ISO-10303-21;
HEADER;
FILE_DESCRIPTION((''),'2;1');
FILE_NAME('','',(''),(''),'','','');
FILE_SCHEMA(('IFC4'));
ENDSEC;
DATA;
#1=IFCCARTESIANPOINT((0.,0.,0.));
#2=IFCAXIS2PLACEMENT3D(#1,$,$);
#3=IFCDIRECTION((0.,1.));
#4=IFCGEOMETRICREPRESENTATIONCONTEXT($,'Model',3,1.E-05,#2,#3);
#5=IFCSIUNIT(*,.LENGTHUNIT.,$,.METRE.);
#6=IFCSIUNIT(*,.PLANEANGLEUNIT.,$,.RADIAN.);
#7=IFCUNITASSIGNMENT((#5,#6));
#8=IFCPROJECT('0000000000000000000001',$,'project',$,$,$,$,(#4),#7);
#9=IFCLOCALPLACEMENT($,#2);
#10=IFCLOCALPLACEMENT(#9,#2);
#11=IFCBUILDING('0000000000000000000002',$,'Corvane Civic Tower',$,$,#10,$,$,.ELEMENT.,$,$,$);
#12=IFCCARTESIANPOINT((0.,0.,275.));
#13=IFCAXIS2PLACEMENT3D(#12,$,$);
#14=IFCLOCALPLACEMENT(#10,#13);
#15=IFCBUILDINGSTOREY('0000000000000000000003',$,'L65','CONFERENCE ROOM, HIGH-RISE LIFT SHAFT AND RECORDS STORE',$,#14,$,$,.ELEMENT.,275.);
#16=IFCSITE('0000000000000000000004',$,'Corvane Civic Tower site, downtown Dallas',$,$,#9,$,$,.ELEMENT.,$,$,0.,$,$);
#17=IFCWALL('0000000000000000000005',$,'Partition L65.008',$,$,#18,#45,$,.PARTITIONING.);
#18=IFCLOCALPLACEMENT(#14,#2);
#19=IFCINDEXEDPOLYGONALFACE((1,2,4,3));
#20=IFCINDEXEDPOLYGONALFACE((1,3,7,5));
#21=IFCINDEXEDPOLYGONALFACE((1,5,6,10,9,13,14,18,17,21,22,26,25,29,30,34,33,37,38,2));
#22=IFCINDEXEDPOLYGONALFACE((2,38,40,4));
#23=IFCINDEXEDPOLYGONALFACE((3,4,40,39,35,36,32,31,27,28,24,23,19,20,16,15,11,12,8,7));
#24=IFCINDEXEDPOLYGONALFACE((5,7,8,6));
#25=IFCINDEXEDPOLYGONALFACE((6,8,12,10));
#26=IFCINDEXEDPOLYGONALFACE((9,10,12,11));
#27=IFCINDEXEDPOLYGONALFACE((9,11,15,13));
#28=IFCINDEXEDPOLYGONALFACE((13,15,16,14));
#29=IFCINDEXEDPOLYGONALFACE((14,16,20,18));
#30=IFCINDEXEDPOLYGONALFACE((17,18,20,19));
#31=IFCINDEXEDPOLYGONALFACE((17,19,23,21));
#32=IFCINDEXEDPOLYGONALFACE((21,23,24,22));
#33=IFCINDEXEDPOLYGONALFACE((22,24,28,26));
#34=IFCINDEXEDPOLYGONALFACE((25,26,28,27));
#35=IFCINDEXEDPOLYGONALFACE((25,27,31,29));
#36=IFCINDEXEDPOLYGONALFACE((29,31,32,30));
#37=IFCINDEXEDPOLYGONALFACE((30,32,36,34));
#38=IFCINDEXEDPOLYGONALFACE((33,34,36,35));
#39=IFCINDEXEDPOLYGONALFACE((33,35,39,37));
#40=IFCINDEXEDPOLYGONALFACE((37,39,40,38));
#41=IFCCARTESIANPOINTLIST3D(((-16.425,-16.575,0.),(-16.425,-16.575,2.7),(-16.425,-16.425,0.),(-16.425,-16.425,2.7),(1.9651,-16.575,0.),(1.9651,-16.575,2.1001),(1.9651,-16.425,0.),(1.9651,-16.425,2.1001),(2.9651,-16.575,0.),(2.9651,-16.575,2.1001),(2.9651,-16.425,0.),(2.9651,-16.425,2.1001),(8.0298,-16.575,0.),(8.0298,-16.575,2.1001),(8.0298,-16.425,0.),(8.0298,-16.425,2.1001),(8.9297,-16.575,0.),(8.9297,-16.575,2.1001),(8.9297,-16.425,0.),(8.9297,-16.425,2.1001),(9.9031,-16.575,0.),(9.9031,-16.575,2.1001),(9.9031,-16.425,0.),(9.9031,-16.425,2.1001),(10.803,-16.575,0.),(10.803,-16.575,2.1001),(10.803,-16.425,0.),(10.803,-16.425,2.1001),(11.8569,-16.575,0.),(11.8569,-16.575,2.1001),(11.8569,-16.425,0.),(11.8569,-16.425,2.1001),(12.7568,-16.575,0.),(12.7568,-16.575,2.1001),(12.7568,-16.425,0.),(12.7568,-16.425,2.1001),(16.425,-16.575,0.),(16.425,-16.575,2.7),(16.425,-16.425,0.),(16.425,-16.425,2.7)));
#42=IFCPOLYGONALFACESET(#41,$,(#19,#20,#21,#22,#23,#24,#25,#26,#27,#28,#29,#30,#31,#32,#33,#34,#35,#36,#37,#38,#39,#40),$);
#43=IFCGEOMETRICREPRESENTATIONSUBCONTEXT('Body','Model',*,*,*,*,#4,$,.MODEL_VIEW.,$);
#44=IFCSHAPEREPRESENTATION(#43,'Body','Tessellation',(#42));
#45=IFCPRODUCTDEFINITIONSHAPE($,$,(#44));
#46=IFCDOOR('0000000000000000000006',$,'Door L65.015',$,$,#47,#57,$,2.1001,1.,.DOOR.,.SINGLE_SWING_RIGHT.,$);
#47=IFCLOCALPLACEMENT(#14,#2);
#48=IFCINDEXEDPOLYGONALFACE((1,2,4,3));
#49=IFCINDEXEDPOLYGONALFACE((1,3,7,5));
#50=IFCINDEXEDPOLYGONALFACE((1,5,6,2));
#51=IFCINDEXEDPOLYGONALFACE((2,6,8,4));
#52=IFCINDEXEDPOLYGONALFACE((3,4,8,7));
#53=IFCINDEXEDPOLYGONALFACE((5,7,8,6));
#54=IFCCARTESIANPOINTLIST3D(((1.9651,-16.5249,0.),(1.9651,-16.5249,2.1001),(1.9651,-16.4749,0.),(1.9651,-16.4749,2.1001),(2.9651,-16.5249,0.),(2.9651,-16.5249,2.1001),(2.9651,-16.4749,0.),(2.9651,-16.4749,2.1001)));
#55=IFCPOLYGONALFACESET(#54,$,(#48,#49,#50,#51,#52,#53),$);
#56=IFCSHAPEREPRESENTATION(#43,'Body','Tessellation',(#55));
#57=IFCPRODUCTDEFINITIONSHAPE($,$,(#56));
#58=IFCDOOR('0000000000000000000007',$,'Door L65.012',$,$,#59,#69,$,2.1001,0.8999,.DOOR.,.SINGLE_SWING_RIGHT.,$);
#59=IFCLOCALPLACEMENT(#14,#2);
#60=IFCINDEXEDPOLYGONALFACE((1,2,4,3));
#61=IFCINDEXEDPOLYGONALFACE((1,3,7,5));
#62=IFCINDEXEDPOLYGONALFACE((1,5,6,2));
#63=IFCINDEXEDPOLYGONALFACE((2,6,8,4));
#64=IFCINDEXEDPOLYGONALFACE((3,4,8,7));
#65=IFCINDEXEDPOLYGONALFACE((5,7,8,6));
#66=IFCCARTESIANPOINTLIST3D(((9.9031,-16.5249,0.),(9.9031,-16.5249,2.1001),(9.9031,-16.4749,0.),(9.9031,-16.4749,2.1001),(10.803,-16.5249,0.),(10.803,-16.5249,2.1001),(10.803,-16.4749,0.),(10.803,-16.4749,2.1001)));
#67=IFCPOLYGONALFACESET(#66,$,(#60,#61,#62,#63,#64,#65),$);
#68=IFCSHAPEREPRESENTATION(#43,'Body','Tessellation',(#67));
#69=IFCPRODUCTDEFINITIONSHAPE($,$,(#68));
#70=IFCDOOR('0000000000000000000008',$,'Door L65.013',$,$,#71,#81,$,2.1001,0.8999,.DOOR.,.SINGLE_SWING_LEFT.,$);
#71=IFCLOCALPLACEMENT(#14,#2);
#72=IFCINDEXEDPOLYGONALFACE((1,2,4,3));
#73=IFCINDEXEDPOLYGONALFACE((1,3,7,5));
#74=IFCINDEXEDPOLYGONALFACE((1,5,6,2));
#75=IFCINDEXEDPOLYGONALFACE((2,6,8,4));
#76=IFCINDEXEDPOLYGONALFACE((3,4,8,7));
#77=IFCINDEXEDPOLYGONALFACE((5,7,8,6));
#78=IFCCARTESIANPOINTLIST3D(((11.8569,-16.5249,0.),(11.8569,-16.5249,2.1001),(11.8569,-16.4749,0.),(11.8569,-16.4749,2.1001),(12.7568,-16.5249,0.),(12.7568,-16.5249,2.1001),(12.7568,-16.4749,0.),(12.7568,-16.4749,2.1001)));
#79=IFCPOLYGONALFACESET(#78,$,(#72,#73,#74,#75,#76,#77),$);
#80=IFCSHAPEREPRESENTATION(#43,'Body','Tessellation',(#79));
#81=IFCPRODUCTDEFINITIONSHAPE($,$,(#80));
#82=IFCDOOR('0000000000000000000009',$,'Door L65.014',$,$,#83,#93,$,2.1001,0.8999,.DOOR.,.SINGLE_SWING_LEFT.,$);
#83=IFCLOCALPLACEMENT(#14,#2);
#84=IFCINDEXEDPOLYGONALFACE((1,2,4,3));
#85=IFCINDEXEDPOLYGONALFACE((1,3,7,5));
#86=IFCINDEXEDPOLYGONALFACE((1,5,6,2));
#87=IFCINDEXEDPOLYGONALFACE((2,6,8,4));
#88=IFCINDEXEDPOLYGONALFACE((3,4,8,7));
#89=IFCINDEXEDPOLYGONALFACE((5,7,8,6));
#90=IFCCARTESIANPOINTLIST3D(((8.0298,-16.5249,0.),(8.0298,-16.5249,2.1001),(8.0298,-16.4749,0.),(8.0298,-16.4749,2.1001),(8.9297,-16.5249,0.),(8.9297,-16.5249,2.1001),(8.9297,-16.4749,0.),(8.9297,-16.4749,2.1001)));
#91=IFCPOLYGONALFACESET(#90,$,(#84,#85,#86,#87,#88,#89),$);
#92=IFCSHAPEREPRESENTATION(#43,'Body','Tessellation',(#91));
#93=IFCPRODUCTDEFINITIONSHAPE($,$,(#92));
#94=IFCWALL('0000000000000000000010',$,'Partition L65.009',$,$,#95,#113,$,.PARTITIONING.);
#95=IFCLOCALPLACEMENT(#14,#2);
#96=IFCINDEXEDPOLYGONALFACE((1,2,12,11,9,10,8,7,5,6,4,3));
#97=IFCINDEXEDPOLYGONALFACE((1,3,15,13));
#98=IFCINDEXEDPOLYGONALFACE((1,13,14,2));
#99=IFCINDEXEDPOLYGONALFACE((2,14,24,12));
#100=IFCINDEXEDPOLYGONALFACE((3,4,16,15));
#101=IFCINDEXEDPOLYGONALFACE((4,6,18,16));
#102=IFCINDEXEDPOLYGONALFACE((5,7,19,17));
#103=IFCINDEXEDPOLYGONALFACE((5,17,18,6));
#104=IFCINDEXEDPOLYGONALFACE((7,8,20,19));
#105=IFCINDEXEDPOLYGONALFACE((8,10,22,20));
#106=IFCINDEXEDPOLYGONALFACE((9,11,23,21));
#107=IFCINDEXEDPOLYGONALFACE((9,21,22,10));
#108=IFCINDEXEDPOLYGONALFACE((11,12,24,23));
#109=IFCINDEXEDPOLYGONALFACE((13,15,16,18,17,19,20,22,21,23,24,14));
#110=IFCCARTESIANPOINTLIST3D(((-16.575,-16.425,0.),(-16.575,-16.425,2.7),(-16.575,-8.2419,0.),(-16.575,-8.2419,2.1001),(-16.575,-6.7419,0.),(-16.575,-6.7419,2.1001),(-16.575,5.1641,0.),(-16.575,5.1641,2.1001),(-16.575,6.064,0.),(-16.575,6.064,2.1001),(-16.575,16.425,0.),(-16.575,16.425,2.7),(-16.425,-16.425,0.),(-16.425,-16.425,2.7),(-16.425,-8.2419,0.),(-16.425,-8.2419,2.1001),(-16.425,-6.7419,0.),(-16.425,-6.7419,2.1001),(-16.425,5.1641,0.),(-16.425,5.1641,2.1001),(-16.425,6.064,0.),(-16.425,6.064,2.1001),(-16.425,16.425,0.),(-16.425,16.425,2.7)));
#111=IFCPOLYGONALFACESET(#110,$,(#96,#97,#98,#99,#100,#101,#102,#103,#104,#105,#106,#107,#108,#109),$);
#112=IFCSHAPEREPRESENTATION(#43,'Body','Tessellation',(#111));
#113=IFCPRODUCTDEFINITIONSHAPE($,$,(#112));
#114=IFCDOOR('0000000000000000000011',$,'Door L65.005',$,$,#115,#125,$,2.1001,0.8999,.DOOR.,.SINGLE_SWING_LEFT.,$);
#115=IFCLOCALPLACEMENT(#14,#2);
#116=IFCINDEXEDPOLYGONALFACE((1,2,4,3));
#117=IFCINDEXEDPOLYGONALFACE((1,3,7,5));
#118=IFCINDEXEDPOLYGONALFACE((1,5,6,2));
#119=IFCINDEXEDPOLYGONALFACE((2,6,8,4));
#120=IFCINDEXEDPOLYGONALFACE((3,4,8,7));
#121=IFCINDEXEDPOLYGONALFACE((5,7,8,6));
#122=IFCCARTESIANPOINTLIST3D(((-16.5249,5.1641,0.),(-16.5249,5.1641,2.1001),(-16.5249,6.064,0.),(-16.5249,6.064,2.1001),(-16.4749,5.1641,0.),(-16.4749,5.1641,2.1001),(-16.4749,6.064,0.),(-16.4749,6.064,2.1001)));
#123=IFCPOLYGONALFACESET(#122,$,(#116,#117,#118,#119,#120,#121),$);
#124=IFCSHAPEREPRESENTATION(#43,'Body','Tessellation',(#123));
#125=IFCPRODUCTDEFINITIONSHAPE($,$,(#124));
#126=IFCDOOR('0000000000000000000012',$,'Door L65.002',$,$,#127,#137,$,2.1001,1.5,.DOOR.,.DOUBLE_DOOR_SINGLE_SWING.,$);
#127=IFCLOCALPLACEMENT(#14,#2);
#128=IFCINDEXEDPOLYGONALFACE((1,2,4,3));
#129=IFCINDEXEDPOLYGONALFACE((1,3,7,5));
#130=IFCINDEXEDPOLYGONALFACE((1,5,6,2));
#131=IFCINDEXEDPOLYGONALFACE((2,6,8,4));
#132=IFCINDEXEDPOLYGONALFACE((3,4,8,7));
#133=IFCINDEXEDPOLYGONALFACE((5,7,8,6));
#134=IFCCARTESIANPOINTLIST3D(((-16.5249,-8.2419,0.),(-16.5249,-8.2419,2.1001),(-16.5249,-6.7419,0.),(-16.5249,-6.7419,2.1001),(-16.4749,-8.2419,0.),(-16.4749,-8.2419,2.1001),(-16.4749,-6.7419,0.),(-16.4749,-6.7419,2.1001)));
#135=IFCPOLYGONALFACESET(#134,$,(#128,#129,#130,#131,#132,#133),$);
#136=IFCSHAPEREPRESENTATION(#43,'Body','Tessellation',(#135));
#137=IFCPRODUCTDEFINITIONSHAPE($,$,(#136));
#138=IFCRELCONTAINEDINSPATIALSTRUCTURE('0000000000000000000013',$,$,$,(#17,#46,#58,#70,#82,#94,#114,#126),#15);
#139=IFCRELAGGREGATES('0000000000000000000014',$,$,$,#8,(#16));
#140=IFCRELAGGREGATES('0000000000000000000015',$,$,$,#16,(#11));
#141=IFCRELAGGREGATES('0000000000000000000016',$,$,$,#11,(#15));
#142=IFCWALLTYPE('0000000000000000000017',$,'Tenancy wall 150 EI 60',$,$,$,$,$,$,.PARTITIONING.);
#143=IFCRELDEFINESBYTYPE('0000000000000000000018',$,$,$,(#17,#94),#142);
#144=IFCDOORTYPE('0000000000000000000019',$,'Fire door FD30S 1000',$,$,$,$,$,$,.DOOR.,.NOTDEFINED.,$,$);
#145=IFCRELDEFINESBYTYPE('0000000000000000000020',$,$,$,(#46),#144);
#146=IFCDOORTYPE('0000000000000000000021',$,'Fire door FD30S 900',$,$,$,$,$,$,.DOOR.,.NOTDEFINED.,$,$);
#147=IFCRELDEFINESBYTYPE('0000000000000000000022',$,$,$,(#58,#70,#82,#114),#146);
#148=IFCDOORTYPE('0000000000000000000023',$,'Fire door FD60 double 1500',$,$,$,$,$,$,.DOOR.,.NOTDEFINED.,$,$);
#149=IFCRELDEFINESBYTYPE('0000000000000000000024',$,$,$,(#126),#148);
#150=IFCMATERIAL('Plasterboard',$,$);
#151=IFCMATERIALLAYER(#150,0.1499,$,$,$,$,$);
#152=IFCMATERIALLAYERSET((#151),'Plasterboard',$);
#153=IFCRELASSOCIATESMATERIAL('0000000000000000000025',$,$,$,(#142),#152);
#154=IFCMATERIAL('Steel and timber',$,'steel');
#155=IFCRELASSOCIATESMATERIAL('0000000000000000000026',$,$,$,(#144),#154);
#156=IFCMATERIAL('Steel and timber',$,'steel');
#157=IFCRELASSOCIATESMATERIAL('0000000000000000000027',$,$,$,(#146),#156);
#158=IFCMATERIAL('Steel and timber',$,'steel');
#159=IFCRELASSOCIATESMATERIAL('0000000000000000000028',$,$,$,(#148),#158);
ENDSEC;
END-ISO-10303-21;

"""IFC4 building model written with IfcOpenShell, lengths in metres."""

from ifc_helpers import new_model, si_unit, direction, frame, frame_2d, origin, place, context, subcontext, project, spatial, rectangle, extrude, material, layer, layer_set, type_object, element, fill, save


model = new_model("IFC4")

# Units and contexts
model_context = context("Model", 3, precision=1e-05, world=origin(), true_north=direction((0.0, 1.0)))
body_context = subcontext(model_context, "Body", "Model", "MODEL_VIEW")
ifc_project = project(units=[si_unit("LENGTHUNIT", "METRE"), si_unit("PLANEANGLEUNIT", "RADIAN")], contexts=[model_context])

# Site, building, storey
site_placement = place(None, origin())
site = spatial("IfcSite", under=ifc_project, at=site_placement, Name="Corvane Civic Tower site, downtown Dallas", CompositionType="ELEMENT", RefElevation=0.0)
building_placement = place(site_placement, origin())
building = spatial("IfcBuilding", under=site, at=building_placement, Name="Corvane Civic Tower", CompositionType="ELEMENT")
storey_placement = place(building_placement, frame((0.0, 0.0, 275.0)))
storey = spatial("IfcBuildingStorey", under=building, at=storey_placement, Name="L65", Description="CONFERENCE ROOM, HIGH-RISE LIFT SHAFT AND RECORDS STORE", CompositionType="ELEMENT", Elevation=275.0)

# Walls, openings, doors
ifc_material_1 = material(Name="Plasterboard")
ifc_layer_1 = layer(ifc_material_1, 0.1499)
ifc_layer_set_1 = layer_set([ifc_layer_1], Name="Plasterboard")
wall_type_1 = type_object("IfcWallType", Name="Tenancy wall 150 EI 60", PredefinedType="PARTITIONING", material=ifc_layer_set_1)
wall_1_placement = place(storey_placement, frame((-16.425, -16.5, 0.0), z_axis=(0.0, 0.0, 1.0), x_axis=(1.0, 0.0, 0.0)))
wall_1 = element("IfcWall", 1, at=wall_1_placement, inside=storey, type_object=wall_type_1, Name="Partition L65.008", PredefinedType="PARTITIONING", context=body_context, shape_type="SweptSolid", body=[
    extrude(rectangle(XDim=32.8501, YDim=0.1499, at=frame_2d((16.425, 0.0))), origin(), (0.0, 0.0, 1.0), 2.7),
])
opening_1_placement = place(wall_1_placement, frame((26.3281, 0.0, 0.0)))
opening_1 = element("IfcOpeningElement", 2, at=opening_1_placement, cuts=wall_1, PredefinedType="OPENING", context=body_context, shape_type="SweptSolid", body=[
    extrude(rectangle(XDim=0.8999, YDim=2.1001, at=frame_2d((0.45, 1.05))), frame((0.0, 0.085, 0.0), z_axis=(0.0, -1.0, 0.0), x_axis=(1.0, 0.0, 0.0)), (0.0, 0.0, 1.0), 0.1699),
])
opening_2_placement = place(wall_1_placement, frame((28.282, 0.0, 0.0)))
opening_2 = element("IfcOpeningElement", 3, at=opening_2_placement, cuts=wall_1, PredefinedType="OPENING", context=body_context, shape_type="SweptSolid", body=[
    extrude(rectangle(XDim=0.8999, YDim=2.1001, at=frame_2d((0.45, 1.05))), frame((0.0, 0.085, 0.0), z_axis=(0.0, -1.0, 0.0), x_axis=(1.0, 0.0, 0.0)), (0.0, 0.0, 1.0), 0.1699),
])
opening_3_placement = place(wall_1_placement, frame((24.4548, 0.0, 0.0)))
opening_3 = element("IfcOpeningElement", 4, at=opening_3_placement, cuts=wall_1, PredefinedType="OPENING", context=body_context, shape_type="SweptSolid", body=[
    extrude(rectangle(XDim=0.8999, YDim=2.1001, at=frame_2d((0.45, 1.05))), frame((0.0, 0.085, 0.0), z_axis=(0.0, -1.0, 0.0), x_axis=(1.0, 0.0, 0.0)), (0.0, 0.0, 1.0), 0.1699),
])
opening_4_placement = place(wall_1_placement, frame((18.3901, 0.0, 0.0)))
opening_4 = element("IfcOpeningElement", 5, at=opening_4_placement, cuts=wall_1, PredefinedType="OPENING", context=body_context, shape_type="SweptSolid", body=[
    extrude(rectangle(XDim=1.0, YDim=2.1001, at=frame_2d((0.5, 1.05))), frame((0.0, 0.085, 0.0), z_axis=(0.0, -1.0, 0.0), x_axis=(1.0, 0.0, 0.0)), (0.0, 0.0, 1.0), 0.1699),
])
ifc_material_2 = material(Name="Steel and timber", Category="steel")
door_type_1 = type_object("IfcDoorType", Name="Fire door FD30S 1000", OperationType="NOTDEFINED", PredefinedType="DOOR", material=ifc_material_2)
door_1_placement = place(opening_4_placement, frame((1.0, 0.0, 0.0), z_axis=(0.0, 0.0, 1.0), x_axis=(-1.0, 0.0, 0.0)))
door_1 = element("IfcDoor", 6, at=door_1_placement, inside=storey, type_object=door_type_1, Name="Door L65.015", OperationType="SINGLE_SWING_RIGHT", OverallHeight=2.1001, OverallWidth=1.0, PredefinedType="DOOR", context=body_context, shape_type="SweptSolid", body=[
    extrude(rectangle(XDim=1.0, YDim=2.1001, at=frame_2d((0.5, 1.05))), frame((0.0, 0.0249, 0.0), z_axis=(0.0, -1.0, 0.0), x_axis=(1.0, 0.0, 0.0)), (0.0, 0.0, 1.0), 0.05),
])
fill(opening_4, door_1)
ifc_material_3 = material(Name="Steel and timber", Category="steel")
door_type_2 = type_object("IfcDoorType", Name="Fire door FD30S 900", OperationType="NOTDEFINED", PredefinedType="DOOR", material=ifc_material_3)
door_2_placement = place(opening_1_placement, frame((0.8999, 0.0, 0.0), z_axis=(0.0, 0.0, 1.0), x_axis=(-1.0, 0.0, 0.0)))
door_2 = element("IfcDoor", 7, at=door_2_placement, inside=storey, type_object=door_type_2, Name="Door L65.012", OperationType="SINGLE_SWING_RIGHT", OverallHeight=2.1001, OverallWidth=0.8999, PredefinedType="DOOR", context=body_context, shape_type="SweptSolid", body=[
    extrude(rectangle(XDim=0.8999, YDim=2.1001, at=frame_2d((0.45, 1.05))), frame((0.0, 0.0249, 0.0), z_axis=(0.0, -1.0, 0.0), x_axis=(1.0, 0.0, 0.0)), (0.0, 0.0, 1.0), 0.05),
])
fill(opening_1, door_2)
door_3_placement = place(opening_2_placement, frame((0.8999, 0.0, 0.0), z_axis=(0.0, 0.0, 1.0), x_axis=(-1.0, 0.0, 0.0)))
door_3 = element("IfcDoor", 8, at=door_3_placement, inside=storey, type_object=door_type_2, Name="Door L65.013", OperationType="SINGLE_SWING_LEFT", OverallHeight=2.1001, OverallWidth=0.8999, PredefinedType="DOOR", context=body_context, shape_type="SweptSolid", body=[
    extrude(rectangle(XDim=0.8999, YDim=2.1001, at=frame_2d((0.45, 1.05))), frame((0.0, 0.0249, 0.0), z_axis=(0.0, -1.0, 0.0), x_axis=(1.0, 0.0, 0.0)), (0.0, 0.0, 1.0), 0.05),
])
fill(opening_2, door_3)
door_4_placement = place(opening_3_placement, frame((0.8999, 0.0, 0.0), z_axis=(0.0, 0.0, 1.0), x_axis=(-1.0, 0.0, 0.0)))
door_4 = element("IfcDoor", 9, at=door_4_placement, inside=storey, type_object=door_type_2, Name="Door L65.014", OperationType="SINGLE_SWING_LEFT", OverallHeight=2.1001, OverallWidth=0.8999, PredefinedType="DOOR", context=body_context, shape_type="SweptSolid", body=[
    extrude(rectangle(XDim=0.8999, YDim=2.1001, at=frame_2d((0.45, 1.05))), frame((0.0, 0.0249, 0.0), z_axis=(0.0, -1.0, 0.0), x_axis=(1.0, 0.0, 0.0)), (0.0, 0.0, 1.0), 0.05),
])
fill(opening_3, door_4)
wall_2_placement = place(storey_placement, frame((-16.5, -16.425, 0.0), z_axis=(0.0, 0.0, 1.0), x_axis=(0.0, 1.0, 0.0)))
wall_2 = element("IfcWall", 10, at=wall_2_placement, inside=storey, type_object=wall_type_1, Name="Partition L65.009", PredefinedType="PARTITIONING", context=body_context, shape_type="SweptSolid", body=[
    extrude(rectangle(XDim=32.8501, YDim=0.1499, at=frame_2d((16.425, 0.0))), origin(), (0.0, 0.0, 1.0), 2.7),
])
opening_5_placement = place(wall_2_placement, frame((8.1831, 0.0, 0.0)))
opening_5 = element("IfcOpeningElement", 11, at=opening_5_placement, cuts=wall_2, PredefinedType="OPENING", context=body_context, shape_type="SweptSolid", body=[
    extrude(rectangle(XDim=1.5, YDim=2.1001, at=frame_2d((0.75, 1.05))), frame((0.0, 0.085, 0.0), z_axis=(0.0, -1.0, 0.0), x_axis=(1.0, 0.0, 0.0)), (0.0, 0.0, 1.0), 0.1699),
])
opening_6_placement = place(wall_2_placement, frame((21.5891, 0.0, 0.0)))
opening_6 = element("IfcOpeningElement", 12, at=opening_6_placement, cuts=wall_2, PredefinedType="OPENING", context=body_context, shape_type="SweptSolid", body=[
    extrude(rectangle(XDim=0.8999, YDim=2.1001, at=frame_2d((0.45, 1.05))), frame((0.0, 0.085, 0.0), z_axis=(0.0, -1.0, 0.0), x_axis=(1.0, 0.0, 0.0)), (0.0, 0.0, 1.0), 0.1699),
])
door_5_placement = place(opening_6_placement, origin())
door_5 = element("IfcDoor", 13, at=door_5_placement, inside=storey, type_object=door_type_2, Name="Door L65.005", OperationType="SINGLE_SWING_LEFT", OverallHeight=2.1001, OverallWidth=0.8999, PredefinedType="DOOR", context=body_context, shape_type="SweptSolid", body=[
    extrude(rectangle(XDim=0.8999, YDim=2.1001, at=frame_2d((0.45, 1.05))), frame((0.0, 0.0249, 0.0), z_axis=(0.0, -1.0, 0.0), x_axis=(1.0, 0.0, 0.0)), (0.0, 0.0, 1.0), 0.05),
])
fill(opening_6, door_5)
ifc_material_4 = material(Name="Steel and timber", Category="steel")
door_type_3 = type_object("IfcDoorType", Name="Fire door FD60 double 1500", OperationType="NOTDEFINED", PredefinedType="DOOR", material=ifc_material_4)
door_6_placement = place(opening_5_placement, origin())
door_6 = element("IfcDoor", 14, at=door_6_placement, inside=storey, type_object=door_type_3, Name="Door L65.002", OperationType="DOUBLE_DOOR_SINGLE_SWING", OverallHeight=2.1001, OverallWidth=1.5, PredefinedType="DOOR", context=body_context, shape_type="SweptSolid", body=[
    extrude(rectangle(XDim=1.5, YDim=2.1001, at=frame_2d((0.75, 1.05))), frame((0.0, 0.0249, 0.0), z_axis=(0.0, -1.0, 0.0), x_axis=(1.0, 0.0, 0.0)), (0.0, 0.0, 1.0), 0.05),
])
fill(opening_5, door_6)

save(model, "model.ifc")
